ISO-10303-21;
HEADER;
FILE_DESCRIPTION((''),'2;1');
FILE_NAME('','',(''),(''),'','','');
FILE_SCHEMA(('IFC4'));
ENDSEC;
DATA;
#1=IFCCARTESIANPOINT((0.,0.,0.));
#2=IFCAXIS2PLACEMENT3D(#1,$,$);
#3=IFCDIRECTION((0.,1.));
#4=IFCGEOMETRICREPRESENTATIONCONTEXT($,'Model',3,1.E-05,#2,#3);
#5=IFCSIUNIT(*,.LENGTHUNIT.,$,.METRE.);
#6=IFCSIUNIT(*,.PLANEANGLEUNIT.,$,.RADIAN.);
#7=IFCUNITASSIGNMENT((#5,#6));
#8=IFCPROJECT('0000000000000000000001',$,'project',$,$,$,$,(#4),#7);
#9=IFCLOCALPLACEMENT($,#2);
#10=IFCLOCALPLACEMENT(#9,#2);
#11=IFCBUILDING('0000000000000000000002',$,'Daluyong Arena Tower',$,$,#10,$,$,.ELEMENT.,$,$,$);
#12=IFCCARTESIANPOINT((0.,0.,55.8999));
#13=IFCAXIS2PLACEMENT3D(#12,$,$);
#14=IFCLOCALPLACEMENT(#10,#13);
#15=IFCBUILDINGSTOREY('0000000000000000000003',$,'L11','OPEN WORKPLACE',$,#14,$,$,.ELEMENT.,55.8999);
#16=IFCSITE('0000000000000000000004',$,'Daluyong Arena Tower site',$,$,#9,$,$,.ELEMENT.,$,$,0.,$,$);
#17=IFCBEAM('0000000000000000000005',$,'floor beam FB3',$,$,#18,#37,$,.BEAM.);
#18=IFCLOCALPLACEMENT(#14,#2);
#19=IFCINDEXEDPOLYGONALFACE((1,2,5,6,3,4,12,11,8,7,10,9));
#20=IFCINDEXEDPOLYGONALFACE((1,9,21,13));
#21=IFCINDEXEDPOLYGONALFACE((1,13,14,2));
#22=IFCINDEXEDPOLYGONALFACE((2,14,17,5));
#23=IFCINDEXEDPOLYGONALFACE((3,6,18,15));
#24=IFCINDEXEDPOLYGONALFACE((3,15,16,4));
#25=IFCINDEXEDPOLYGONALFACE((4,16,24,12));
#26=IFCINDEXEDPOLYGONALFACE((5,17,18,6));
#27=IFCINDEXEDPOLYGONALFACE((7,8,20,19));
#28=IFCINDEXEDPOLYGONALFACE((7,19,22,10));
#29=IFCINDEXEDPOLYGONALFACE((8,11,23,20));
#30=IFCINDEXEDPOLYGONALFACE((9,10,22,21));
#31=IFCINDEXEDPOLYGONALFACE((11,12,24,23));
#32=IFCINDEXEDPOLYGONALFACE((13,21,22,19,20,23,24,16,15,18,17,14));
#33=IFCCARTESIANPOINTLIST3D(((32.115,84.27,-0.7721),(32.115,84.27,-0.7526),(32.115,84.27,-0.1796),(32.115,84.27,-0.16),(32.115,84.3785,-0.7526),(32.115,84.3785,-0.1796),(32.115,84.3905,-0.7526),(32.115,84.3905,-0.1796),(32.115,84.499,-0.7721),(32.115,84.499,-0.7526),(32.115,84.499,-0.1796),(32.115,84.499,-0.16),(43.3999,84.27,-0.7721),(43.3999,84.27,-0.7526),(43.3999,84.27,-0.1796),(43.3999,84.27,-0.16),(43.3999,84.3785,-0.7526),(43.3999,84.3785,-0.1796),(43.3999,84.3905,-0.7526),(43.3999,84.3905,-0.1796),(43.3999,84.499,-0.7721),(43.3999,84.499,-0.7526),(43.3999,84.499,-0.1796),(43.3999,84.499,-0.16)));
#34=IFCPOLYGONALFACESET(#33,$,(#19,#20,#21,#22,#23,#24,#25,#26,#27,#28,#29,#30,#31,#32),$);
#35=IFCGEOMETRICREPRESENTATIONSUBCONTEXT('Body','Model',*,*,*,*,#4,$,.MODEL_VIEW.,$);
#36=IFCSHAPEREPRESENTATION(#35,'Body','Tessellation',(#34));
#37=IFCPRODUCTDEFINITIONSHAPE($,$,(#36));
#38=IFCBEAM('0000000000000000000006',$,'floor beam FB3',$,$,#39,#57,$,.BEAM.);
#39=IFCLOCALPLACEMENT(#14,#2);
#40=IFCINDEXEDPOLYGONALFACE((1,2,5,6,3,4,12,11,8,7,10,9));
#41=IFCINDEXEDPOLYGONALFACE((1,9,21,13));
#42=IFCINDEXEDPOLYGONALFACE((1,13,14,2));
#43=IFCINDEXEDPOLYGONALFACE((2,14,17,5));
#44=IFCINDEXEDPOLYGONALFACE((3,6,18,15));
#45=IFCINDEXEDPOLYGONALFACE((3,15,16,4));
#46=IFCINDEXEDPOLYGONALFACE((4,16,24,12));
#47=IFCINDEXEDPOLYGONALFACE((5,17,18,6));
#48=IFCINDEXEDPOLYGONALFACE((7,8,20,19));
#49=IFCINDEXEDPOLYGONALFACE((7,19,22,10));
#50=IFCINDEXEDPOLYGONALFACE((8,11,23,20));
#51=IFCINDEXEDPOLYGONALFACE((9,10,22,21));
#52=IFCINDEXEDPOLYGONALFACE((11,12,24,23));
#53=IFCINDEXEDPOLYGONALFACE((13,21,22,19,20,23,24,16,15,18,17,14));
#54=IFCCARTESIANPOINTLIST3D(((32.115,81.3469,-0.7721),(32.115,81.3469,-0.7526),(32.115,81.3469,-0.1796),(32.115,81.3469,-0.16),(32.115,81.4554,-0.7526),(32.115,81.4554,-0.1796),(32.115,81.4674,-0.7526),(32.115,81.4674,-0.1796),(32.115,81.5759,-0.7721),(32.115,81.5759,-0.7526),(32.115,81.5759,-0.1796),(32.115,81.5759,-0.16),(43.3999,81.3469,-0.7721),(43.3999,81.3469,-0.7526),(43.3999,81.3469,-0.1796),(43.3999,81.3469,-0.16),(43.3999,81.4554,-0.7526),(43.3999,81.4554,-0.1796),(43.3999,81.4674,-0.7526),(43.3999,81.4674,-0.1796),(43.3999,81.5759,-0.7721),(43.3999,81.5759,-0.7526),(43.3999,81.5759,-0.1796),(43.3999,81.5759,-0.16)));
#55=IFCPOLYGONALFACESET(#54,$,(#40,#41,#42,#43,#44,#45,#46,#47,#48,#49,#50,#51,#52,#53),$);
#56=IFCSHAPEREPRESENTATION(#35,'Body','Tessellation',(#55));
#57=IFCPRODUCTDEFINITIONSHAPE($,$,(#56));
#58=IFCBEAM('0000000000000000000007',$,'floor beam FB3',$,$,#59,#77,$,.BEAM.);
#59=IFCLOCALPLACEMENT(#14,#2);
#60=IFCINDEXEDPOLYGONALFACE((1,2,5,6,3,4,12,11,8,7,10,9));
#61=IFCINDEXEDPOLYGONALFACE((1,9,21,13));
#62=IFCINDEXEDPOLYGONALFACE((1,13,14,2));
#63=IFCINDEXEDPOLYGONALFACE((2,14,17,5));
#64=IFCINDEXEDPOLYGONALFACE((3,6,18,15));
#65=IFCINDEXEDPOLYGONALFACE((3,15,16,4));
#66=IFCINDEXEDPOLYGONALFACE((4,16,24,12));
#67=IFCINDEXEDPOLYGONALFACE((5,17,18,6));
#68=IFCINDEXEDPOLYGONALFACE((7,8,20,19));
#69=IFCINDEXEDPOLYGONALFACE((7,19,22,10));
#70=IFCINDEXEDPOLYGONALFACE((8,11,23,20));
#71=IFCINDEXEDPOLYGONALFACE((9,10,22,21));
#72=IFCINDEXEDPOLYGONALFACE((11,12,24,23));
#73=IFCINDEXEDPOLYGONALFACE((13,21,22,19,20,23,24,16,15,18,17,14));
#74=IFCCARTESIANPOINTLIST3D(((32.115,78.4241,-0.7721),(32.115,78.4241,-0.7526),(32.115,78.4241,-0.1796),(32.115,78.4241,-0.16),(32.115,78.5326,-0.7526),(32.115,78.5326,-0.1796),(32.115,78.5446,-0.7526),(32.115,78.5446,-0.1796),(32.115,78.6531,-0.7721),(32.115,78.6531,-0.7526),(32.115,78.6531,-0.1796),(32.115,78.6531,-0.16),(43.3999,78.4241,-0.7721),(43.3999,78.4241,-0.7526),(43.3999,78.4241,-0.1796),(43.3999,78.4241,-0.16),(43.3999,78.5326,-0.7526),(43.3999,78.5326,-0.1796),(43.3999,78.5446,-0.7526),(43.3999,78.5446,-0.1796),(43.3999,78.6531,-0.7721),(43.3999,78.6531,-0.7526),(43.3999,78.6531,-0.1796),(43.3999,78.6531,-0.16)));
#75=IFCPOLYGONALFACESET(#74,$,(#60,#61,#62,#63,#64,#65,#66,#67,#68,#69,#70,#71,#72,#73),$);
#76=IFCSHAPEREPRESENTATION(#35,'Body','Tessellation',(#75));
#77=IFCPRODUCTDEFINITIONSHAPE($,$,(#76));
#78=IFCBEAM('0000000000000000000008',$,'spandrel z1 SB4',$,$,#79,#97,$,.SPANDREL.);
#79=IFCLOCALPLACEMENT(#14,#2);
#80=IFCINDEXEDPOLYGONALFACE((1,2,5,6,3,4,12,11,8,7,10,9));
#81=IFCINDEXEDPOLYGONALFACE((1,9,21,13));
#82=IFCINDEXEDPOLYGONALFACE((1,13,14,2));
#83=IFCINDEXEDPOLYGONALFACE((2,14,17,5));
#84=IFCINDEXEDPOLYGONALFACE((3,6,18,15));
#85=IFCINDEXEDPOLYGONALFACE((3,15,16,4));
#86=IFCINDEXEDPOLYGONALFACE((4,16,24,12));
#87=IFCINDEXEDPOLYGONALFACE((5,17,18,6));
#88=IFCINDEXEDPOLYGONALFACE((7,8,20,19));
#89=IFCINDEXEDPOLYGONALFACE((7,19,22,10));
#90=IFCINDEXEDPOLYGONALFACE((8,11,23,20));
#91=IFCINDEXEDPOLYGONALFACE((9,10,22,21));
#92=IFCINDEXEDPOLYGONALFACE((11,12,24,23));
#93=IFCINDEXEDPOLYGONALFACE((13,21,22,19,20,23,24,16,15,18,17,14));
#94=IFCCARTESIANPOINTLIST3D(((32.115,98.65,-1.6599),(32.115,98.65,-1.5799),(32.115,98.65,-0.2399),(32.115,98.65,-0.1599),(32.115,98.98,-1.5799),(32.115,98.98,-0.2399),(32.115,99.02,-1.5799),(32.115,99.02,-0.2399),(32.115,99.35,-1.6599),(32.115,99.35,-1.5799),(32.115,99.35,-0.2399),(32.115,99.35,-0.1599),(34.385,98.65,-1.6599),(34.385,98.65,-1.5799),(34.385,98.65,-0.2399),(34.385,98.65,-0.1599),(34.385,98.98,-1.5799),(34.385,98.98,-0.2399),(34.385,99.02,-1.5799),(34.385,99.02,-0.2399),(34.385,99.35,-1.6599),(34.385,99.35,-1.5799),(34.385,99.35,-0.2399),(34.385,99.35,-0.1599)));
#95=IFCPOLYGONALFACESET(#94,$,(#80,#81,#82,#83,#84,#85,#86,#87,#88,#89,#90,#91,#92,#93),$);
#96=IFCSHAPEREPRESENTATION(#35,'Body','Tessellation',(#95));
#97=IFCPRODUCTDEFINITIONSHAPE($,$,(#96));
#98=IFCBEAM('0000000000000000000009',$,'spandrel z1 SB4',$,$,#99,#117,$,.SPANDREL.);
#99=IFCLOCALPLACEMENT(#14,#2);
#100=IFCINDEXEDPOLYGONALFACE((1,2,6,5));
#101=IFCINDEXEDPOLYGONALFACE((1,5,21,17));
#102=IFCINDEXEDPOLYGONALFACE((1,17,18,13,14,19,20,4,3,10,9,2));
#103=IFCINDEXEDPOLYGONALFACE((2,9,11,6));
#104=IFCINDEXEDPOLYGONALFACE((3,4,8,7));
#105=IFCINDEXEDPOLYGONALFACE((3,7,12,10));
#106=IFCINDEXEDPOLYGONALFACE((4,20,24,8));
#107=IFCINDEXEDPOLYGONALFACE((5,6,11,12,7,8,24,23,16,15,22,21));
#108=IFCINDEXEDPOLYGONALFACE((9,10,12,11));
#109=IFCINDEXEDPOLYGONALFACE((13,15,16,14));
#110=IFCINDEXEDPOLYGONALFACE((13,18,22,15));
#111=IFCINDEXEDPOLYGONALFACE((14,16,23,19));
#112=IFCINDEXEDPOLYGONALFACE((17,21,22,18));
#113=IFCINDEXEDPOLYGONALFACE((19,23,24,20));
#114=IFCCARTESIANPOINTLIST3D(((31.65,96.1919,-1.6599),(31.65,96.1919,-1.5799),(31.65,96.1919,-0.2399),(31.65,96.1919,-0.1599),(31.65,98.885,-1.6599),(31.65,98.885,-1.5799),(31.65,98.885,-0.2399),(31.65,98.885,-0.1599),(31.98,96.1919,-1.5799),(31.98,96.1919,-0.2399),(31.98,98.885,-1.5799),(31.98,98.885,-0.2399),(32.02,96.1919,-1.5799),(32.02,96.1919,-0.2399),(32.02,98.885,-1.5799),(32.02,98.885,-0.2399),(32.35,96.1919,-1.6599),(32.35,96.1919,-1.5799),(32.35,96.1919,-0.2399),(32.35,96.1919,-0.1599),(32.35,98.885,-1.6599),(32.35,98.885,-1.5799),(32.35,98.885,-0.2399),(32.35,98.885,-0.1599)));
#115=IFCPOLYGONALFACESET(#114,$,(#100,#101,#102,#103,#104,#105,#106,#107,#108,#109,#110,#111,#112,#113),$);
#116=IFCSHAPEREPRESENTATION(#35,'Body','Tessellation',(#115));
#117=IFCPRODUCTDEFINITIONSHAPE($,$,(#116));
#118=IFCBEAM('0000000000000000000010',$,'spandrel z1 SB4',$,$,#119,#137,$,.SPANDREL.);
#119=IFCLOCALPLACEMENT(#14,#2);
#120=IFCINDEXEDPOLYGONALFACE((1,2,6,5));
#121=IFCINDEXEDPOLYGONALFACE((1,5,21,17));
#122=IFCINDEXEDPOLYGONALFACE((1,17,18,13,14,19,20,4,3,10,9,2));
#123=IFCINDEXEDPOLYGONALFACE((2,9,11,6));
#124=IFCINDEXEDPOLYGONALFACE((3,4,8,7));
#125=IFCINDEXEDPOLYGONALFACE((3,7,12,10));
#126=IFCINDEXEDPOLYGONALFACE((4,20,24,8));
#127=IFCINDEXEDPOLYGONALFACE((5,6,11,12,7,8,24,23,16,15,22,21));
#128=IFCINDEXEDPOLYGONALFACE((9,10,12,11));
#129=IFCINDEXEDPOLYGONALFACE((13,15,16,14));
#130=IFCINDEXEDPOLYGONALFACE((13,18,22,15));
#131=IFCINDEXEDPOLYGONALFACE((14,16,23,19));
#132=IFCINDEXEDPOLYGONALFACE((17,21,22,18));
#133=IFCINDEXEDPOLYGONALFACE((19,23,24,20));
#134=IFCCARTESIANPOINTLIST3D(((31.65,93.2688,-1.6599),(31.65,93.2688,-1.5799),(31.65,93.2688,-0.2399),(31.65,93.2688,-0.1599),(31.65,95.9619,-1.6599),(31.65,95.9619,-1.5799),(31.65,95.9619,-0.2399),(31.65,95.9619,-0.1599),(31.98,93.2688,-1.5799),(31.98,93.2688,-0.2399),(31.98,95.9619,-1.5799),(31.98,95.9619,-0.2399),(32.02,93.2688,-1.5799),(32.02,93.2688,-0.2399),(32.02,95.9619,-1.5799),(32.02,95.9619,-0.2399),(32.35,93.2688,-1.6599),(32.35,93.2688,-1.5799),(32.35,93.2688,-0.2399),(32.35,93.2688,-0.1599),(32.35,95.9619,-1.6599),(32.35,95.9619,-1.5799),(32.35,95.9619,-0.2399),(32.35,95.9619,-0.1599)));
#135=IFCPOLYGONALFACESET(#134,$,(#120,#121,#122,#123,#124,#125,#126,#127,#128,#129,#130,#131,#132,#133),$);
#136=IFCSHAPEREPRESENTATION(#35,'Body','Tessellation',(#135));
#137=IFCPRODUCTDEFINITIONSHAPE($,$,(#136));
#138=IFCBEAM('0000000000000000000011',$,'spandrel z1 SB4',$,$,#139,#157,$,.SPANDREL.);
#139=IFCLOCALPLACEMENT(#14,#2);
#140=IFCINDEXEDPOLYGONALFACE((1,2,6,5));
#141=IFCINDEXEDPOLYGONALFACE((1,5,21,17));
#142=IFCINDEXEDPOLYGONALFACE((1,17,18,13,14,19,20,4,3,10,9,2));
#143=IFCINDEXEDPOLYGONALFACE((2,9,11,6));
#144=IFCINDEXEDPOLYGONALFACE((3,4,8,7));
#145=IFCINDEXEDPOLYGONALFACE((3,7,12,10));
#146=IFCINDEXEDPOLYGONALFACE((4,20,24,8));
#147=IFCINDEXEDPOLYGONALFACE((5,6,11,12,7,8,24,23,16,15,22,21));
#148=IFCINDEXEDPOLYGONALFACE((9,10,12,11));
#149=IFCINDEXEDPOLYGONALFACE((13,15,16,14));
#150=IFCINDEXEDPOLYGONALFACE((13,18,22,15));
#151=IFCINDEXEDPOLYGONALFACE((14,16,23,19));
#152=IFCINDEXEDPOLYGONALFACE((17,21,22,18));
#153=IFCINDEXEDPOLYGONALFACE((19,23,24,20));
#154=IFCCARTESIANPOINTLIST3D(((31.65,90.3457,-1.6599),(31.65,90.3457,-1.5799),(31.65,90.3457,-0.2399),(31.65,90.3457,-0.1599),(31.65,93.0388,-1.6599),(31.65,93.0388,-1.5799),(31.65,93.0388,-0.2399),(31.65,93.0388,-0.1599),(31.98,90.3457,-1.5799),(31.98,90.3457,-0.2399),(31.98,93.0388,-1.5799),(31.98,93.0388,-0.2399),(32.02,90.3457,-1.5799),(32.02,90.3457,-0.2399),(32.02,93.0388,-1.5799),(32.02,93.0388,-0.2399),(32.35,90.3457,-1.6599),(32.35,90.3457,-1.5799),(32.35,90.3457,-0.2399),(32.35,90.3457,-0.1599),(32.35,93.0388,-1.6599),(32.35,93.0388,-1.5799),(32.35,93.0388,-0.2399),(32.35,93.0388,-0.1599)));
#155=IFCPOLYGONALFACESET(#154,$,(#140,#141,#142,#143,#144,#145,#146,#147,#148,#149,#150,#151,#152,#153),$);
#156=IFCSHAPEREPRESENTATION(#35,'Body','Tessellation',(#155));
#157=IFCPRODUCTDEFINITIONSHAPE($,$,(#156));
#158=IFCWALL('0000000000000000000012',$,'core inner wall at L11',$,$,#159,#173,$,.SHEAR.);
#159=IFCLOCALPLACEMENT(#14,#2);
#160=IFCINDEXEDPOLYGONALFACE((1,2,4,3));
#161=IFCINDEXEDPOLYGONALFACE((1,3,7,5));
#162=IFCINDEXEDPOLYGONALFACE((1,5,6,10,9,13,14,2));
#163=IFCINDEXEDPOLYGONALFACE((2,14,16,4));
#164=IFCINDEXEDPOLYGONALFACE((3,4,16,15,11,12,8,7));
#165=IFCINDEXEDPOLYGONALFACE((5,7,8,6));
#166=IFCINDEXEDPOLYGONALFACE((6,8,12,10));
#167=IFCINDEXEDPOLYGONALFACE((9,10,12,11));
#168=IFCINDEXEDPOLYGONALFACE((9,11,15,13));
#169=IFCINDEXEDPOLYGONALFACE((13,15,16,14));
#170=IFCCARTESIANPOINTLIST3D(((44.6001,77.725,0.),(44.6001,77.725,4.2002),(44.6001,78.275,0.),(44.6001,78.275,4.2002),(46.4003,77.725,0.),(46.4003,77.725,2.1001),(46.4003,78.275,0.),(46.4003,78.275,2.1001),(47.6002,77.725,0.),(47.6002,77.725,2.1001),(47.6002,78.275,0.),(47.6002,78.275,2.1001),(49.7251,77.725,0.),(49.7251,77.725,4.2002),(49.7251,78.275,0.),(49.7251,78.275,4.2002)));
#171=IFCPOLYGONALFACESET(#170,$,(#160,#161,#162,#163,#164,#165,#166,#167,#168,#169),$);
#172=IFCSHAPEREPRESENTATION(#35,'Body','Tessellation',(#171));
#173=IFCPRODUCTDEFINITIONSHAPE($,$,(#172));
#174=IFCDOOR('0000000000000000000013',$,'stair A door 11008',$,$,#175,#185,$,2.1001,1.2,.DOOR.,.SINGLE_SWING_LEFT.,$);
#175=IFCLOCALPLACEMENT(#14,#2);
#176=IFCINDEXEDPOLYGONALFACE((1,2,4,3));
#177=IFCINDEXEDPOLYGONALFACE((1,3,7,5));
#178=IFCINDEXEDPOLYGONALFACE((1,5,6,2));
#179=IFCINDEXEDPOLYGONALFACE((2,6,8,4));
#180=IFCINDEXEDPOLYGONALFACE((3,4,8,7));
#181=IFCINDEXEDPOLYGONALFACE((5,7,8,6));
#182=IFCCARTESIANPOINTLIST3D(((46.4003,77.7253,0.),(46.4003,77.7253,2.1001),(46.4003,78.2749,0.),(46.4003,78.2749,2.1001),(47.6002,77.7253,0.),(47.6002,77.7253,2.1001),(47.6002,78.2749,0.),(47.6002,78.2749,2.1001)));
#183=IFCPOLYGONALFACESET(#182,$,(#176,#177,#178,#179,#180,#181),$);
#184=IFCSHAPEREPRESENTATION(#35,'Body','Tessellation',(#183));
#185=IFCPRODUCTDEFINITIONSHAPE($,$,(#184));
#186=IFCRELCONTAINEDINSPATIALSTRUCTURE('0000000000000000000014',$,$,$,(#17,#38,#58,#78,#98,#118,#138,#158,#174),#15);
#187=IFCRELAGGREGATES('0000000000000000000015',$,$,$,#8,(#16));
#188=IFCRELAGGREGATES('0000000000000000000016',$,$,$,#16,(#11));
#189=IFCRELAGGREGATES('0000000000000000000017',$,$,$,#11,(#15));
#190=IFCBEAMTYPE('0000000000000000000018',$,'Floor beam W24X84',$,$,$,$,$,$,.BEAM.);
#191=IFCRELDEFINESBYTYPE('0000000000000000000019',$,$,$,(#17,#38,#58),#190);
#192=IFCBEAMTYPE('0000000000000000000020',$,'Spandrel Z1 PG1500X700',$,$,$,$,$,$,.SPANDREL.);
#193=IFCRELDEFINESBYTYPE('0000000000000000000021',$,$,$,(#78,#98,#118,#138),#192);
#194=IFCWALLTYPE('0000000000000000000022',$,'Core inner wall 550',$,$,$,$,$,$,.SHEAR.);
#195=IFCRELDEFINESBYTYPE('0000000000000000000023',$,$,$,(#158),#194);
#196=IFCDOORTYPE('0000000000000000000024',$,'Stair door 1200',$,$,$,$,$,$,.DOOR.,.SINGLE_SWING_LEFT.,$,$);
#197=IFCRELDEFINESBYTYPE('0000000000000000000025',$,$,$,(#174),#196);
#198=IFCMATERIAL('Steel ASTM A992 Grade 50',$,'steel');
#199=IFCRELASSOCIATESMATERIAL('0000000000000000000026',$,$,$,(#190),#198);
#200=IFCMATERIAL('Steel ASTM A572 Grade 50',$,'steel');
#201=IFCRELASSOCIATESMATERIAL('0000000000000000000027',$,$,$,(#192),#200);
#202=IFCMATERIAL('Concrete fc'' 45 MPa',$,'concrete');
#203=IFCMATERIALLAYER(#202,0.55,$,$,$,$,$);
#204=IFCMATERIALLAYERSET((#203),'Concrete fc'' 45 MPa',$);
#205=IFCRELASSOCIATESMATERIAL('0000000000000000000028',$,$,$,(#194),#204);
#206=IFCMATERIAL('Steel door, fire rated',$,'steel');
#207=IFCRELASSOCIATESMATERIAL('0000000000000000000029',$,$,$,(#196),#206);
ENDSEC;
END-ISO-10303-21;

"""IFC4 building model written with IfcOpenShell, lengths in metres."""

from ifc_helpers import new_model, si_unit, direction, frame, frame_2d, origin, origin_2d, place, context, subcontext, project, spatial, rectangle, i_section, extrude, material, layer, layer_set, material_profile, profile_set, type_object, element, fill, save


model = new_model("IFC4")

# Units and contexts
model_context = context("Model", 3, precision=1e-05, world=origin(), true_north=direction((0.0, 1.0)))
body_context = subcontext(model_context, "Body", "Model", "MODEL_VIEW")
ifc_project = project(units=[si_unit("LENGTHUNIT", "METRE"), si_unit("PLANEANGLEUNIT", "RADIAN")], contexts=[model_context])

# Site, building, storey
site_placement = place(None, origin())
site = spatial("IfcSite", under=ifc_project, at=site_placement, Name="Daluyong Arena Tower site", CompositionType="ELEMENT", RefElevation=0.0)
building_placement = place(site_placement, origin())
building = spatial("IfcBuilding", under=site, at=building_placement, Name="Daluyong Arena Tower", CompositionType="ELEMENT")
storey_placement = place(building_placement, frame((0.0, 0.0, 55.8999)))
storey = spatial("IfcBuildingStorey", under=building, at=storey_placement, Name="L11", Description="OPEN WORKPLACE", CompositionType="ELEMENT", Elevation=55.8999)

# Beams
ifc_material_1 = material(Name="Steel ASTM A992 Grade 50", Category="steel")
ifc_material_profile_1 = material_profile(ifc_material_1, i_section(OverallWidth=0.229, OverallDepth=0.6121, WebThickness=0.012, FlangeThickness=0.0195, at=origin_2d()))
ifc_profile_set_1 = profile_set([ifc_material_profile_1], Name="Steel ASTM A992 Grade 50")
beam_type_1 = type_object("IfcBeamType", Name="Floor beam W24X84", PredefinedType="BEAM", material=ifc_profile_set_1)
for number, where, z_axis, x_axis, name in (
    (1, (32.115, 84.3845, -0.4661), (1.0, 0.0, 0.0), (0.0, 1.0, 0.0), "floor beam FB3"),
    (2, (32.115, 81.4614, -0.4661), (1.0, 0.0, 0.0), (0.0, 1.0, 0.0), "floor beam FB3"),
    (3, (32.115, 78.5386, -0.4661), (1.0, 0.0, 0.0), (0.0, 1.0, 0.0), "floor beam FB3"),
):
    element("IfcBeam", number, at=place(storey_placement, frame(where, z_axis=z_axis, x_axis=x_axis)), inside=storey, type_object=beam_type_1, Name=name, PredefinedType="BEAM", context=body_context, shape_type="SweptSolid", body=[
        extrude(i_section(OverallWidth=0.229, OverallDepth=0.6121, WebThickness=0.012, FlangeThickness=0.0195, at=origin_2d()), origin(), (0.0, 0.0, 1.0), 11.2849),
    ])
ifc_material_2 = material(Name="Steel ASTM A572 Grade 50", Category="steel")
ifc_material_profile_2 = material_profile(ifc_material_2, i_section(OverallWidth=0.7, OverallDepth=1.5, WebThickness=0.04, FlangeThickness=0.08, at=origin_2d()))
ifc_profile_set_2 = profile_set([ifc_material_profile_2], Name="Steel ASTM A572 Grade 50")
beam_type_2 = type_object("IfcBeamType", Name="Spandrel Z1 PG1500X700", PredefinedType="SPANDREL", material=ifc_profile_set_2)
beam_1_placement = place(storey_placement, frame((34.385, 99.0, -0.9099), z_axis=(-1.0, 0.0, 0.0), x_axis=(0.0, -1.0, 0.0)))
element("IfcBeam", 4, at=beam_1_placement, inside=storey, type_object=beam_type_2, Name="spandrel z1 SB4", PredefinedType="SPANDREL", context=body_context, shape_type="SweptSolid", body=[
    extrude(i_section(OverallWidth=0.7, OverallDepth=1.5, WebThickness=0.04, FlangeThickness=0.08, at=origin_2d()), origin(), (0.0, 0.0, 1.0), 2.27),
])
for number, where, z_axis, x_axis, name in (
    (5, (32.0, 98.885, -0.9099), (0.0, -1.0, 0.0), (1.0, 0.0, 0.0), "spandrel z1 SB4"),
    (6, (32.0, 95.9619, -0.9099), (0.0, -1.0, 0.0), (1.0, 0.0, 0.0), "spandrel z1 SB4"),
    (7, (32.0, 93.0388, -0.9099), (0.0, -1.0, 0.0), (1.0, 0.0, 0.0), "spandrel z1 SB4"),
):
    element("IfcBeam", number, at=place(storey_placement, frame(where, z_axis=z_axis, x_axis=x_axis)), inside=storey, type_object=beam_type_2, Name=name, PredefinedType="SPANDREL", context=body_context, shape_type="SweptSolid", body=[
        extrude(i_section(OverallWidth=0.7, OverallDepth=1.5, WebThickness=0.04, FlangeThickness=0.08, at=origin_2d()), origin(), (0.0, 0.0, 1.0), 2.6931),
    ])

# Wall, opening, door
ifc_material_3 = material(Name="Concrete fc' 45 MPa", Category="concrete")
ifc_layer_1 = layer(ifc_material_3, 0.55)
ifc_layer_set_1 = layer_set([ifc_layer_1], Name="Concrete fc' 45 MPa")
wall_type_1 = type_object("IfcWallType", Name="Core inner wall 550", PredefinedType="SHEAR", material=ifc_layer_set_1)
wall_1_placement = place(storey_placement, frame((44.6001, 78.0, 0.0), z_axis=(0.0, 0.0, 1.0), x_axis=(1.0, 0.0, 0.0)))
wall_1 = element("IfcWall", 8, at=wall_1_placement, inside=storey, type_object=wall_type_1, Name="core inner wall at L11", PredefinedType="SHEAR", context=body_context, shape_type="SweptSolid", body=[
    extrude(rectangle(XDim=5.125, YDim=0.55, at=frame_2d((2.5625, 0.0))), origin(), (0.0, 0.0, 1.0), 4.2002),
])
opening_1_placement = place(wall_1_placement, frame((1.8, 0.0, 0.0)))
opening_1 = element("IfcOpeningElement", 9, at=opening_1_placement, cuts=wall_1, PredefinedType="OPENING", context=body_context, shape_type="SweptSolid", body=[
    extrude(rectangle(XDim=1.2, YDim=2.1001, at=frame_2d((0.6001, 1.05))), frame((0.0, 0.2849, 0.0), z_axis=(0.0, -1.0, 0.0), x_axis=(1.0, 0.0, 0.0)), (0.0, 0.0, 1.0), 0.5701),
])
ifc_material_4 = material(Name="Steel door, fire rated", Category="steel")
door_type_1 = type_object("IfcDoorType", Name="Stair door 1200", OperationType="SINGLE_SWING_LEFT", PredefinedType="DOOR", material=ifc_material_4)
door_1_placement = place(opening_1_placement, origin())
door_1 = element("IfcDoor", 10, at=door_1_placement, inside=storey, type_object=door_type_1, Name="stair A door 11008", OperationType="SINGLE_SWING_LEFT", OverallHeight=2.1001, OverallWidth=1.2, PredefinedType="DOOR", context=body_context, shape_type="SweptSolid", body=[
    extrude(rectangle(XDim=1.2, YDim=2.1001, at=frame_2d((0.6001, 1.05))), frame((0.0, 0.2749, 0.0), z_axis=(0.0, -1.0, 0.0), x_axis=(1.0, 0.0, 0.0)), (0.0, 0.0, 1.0), 0.5496),
])
fill(opening_1, door_1)

save(model, "model.ifc")
